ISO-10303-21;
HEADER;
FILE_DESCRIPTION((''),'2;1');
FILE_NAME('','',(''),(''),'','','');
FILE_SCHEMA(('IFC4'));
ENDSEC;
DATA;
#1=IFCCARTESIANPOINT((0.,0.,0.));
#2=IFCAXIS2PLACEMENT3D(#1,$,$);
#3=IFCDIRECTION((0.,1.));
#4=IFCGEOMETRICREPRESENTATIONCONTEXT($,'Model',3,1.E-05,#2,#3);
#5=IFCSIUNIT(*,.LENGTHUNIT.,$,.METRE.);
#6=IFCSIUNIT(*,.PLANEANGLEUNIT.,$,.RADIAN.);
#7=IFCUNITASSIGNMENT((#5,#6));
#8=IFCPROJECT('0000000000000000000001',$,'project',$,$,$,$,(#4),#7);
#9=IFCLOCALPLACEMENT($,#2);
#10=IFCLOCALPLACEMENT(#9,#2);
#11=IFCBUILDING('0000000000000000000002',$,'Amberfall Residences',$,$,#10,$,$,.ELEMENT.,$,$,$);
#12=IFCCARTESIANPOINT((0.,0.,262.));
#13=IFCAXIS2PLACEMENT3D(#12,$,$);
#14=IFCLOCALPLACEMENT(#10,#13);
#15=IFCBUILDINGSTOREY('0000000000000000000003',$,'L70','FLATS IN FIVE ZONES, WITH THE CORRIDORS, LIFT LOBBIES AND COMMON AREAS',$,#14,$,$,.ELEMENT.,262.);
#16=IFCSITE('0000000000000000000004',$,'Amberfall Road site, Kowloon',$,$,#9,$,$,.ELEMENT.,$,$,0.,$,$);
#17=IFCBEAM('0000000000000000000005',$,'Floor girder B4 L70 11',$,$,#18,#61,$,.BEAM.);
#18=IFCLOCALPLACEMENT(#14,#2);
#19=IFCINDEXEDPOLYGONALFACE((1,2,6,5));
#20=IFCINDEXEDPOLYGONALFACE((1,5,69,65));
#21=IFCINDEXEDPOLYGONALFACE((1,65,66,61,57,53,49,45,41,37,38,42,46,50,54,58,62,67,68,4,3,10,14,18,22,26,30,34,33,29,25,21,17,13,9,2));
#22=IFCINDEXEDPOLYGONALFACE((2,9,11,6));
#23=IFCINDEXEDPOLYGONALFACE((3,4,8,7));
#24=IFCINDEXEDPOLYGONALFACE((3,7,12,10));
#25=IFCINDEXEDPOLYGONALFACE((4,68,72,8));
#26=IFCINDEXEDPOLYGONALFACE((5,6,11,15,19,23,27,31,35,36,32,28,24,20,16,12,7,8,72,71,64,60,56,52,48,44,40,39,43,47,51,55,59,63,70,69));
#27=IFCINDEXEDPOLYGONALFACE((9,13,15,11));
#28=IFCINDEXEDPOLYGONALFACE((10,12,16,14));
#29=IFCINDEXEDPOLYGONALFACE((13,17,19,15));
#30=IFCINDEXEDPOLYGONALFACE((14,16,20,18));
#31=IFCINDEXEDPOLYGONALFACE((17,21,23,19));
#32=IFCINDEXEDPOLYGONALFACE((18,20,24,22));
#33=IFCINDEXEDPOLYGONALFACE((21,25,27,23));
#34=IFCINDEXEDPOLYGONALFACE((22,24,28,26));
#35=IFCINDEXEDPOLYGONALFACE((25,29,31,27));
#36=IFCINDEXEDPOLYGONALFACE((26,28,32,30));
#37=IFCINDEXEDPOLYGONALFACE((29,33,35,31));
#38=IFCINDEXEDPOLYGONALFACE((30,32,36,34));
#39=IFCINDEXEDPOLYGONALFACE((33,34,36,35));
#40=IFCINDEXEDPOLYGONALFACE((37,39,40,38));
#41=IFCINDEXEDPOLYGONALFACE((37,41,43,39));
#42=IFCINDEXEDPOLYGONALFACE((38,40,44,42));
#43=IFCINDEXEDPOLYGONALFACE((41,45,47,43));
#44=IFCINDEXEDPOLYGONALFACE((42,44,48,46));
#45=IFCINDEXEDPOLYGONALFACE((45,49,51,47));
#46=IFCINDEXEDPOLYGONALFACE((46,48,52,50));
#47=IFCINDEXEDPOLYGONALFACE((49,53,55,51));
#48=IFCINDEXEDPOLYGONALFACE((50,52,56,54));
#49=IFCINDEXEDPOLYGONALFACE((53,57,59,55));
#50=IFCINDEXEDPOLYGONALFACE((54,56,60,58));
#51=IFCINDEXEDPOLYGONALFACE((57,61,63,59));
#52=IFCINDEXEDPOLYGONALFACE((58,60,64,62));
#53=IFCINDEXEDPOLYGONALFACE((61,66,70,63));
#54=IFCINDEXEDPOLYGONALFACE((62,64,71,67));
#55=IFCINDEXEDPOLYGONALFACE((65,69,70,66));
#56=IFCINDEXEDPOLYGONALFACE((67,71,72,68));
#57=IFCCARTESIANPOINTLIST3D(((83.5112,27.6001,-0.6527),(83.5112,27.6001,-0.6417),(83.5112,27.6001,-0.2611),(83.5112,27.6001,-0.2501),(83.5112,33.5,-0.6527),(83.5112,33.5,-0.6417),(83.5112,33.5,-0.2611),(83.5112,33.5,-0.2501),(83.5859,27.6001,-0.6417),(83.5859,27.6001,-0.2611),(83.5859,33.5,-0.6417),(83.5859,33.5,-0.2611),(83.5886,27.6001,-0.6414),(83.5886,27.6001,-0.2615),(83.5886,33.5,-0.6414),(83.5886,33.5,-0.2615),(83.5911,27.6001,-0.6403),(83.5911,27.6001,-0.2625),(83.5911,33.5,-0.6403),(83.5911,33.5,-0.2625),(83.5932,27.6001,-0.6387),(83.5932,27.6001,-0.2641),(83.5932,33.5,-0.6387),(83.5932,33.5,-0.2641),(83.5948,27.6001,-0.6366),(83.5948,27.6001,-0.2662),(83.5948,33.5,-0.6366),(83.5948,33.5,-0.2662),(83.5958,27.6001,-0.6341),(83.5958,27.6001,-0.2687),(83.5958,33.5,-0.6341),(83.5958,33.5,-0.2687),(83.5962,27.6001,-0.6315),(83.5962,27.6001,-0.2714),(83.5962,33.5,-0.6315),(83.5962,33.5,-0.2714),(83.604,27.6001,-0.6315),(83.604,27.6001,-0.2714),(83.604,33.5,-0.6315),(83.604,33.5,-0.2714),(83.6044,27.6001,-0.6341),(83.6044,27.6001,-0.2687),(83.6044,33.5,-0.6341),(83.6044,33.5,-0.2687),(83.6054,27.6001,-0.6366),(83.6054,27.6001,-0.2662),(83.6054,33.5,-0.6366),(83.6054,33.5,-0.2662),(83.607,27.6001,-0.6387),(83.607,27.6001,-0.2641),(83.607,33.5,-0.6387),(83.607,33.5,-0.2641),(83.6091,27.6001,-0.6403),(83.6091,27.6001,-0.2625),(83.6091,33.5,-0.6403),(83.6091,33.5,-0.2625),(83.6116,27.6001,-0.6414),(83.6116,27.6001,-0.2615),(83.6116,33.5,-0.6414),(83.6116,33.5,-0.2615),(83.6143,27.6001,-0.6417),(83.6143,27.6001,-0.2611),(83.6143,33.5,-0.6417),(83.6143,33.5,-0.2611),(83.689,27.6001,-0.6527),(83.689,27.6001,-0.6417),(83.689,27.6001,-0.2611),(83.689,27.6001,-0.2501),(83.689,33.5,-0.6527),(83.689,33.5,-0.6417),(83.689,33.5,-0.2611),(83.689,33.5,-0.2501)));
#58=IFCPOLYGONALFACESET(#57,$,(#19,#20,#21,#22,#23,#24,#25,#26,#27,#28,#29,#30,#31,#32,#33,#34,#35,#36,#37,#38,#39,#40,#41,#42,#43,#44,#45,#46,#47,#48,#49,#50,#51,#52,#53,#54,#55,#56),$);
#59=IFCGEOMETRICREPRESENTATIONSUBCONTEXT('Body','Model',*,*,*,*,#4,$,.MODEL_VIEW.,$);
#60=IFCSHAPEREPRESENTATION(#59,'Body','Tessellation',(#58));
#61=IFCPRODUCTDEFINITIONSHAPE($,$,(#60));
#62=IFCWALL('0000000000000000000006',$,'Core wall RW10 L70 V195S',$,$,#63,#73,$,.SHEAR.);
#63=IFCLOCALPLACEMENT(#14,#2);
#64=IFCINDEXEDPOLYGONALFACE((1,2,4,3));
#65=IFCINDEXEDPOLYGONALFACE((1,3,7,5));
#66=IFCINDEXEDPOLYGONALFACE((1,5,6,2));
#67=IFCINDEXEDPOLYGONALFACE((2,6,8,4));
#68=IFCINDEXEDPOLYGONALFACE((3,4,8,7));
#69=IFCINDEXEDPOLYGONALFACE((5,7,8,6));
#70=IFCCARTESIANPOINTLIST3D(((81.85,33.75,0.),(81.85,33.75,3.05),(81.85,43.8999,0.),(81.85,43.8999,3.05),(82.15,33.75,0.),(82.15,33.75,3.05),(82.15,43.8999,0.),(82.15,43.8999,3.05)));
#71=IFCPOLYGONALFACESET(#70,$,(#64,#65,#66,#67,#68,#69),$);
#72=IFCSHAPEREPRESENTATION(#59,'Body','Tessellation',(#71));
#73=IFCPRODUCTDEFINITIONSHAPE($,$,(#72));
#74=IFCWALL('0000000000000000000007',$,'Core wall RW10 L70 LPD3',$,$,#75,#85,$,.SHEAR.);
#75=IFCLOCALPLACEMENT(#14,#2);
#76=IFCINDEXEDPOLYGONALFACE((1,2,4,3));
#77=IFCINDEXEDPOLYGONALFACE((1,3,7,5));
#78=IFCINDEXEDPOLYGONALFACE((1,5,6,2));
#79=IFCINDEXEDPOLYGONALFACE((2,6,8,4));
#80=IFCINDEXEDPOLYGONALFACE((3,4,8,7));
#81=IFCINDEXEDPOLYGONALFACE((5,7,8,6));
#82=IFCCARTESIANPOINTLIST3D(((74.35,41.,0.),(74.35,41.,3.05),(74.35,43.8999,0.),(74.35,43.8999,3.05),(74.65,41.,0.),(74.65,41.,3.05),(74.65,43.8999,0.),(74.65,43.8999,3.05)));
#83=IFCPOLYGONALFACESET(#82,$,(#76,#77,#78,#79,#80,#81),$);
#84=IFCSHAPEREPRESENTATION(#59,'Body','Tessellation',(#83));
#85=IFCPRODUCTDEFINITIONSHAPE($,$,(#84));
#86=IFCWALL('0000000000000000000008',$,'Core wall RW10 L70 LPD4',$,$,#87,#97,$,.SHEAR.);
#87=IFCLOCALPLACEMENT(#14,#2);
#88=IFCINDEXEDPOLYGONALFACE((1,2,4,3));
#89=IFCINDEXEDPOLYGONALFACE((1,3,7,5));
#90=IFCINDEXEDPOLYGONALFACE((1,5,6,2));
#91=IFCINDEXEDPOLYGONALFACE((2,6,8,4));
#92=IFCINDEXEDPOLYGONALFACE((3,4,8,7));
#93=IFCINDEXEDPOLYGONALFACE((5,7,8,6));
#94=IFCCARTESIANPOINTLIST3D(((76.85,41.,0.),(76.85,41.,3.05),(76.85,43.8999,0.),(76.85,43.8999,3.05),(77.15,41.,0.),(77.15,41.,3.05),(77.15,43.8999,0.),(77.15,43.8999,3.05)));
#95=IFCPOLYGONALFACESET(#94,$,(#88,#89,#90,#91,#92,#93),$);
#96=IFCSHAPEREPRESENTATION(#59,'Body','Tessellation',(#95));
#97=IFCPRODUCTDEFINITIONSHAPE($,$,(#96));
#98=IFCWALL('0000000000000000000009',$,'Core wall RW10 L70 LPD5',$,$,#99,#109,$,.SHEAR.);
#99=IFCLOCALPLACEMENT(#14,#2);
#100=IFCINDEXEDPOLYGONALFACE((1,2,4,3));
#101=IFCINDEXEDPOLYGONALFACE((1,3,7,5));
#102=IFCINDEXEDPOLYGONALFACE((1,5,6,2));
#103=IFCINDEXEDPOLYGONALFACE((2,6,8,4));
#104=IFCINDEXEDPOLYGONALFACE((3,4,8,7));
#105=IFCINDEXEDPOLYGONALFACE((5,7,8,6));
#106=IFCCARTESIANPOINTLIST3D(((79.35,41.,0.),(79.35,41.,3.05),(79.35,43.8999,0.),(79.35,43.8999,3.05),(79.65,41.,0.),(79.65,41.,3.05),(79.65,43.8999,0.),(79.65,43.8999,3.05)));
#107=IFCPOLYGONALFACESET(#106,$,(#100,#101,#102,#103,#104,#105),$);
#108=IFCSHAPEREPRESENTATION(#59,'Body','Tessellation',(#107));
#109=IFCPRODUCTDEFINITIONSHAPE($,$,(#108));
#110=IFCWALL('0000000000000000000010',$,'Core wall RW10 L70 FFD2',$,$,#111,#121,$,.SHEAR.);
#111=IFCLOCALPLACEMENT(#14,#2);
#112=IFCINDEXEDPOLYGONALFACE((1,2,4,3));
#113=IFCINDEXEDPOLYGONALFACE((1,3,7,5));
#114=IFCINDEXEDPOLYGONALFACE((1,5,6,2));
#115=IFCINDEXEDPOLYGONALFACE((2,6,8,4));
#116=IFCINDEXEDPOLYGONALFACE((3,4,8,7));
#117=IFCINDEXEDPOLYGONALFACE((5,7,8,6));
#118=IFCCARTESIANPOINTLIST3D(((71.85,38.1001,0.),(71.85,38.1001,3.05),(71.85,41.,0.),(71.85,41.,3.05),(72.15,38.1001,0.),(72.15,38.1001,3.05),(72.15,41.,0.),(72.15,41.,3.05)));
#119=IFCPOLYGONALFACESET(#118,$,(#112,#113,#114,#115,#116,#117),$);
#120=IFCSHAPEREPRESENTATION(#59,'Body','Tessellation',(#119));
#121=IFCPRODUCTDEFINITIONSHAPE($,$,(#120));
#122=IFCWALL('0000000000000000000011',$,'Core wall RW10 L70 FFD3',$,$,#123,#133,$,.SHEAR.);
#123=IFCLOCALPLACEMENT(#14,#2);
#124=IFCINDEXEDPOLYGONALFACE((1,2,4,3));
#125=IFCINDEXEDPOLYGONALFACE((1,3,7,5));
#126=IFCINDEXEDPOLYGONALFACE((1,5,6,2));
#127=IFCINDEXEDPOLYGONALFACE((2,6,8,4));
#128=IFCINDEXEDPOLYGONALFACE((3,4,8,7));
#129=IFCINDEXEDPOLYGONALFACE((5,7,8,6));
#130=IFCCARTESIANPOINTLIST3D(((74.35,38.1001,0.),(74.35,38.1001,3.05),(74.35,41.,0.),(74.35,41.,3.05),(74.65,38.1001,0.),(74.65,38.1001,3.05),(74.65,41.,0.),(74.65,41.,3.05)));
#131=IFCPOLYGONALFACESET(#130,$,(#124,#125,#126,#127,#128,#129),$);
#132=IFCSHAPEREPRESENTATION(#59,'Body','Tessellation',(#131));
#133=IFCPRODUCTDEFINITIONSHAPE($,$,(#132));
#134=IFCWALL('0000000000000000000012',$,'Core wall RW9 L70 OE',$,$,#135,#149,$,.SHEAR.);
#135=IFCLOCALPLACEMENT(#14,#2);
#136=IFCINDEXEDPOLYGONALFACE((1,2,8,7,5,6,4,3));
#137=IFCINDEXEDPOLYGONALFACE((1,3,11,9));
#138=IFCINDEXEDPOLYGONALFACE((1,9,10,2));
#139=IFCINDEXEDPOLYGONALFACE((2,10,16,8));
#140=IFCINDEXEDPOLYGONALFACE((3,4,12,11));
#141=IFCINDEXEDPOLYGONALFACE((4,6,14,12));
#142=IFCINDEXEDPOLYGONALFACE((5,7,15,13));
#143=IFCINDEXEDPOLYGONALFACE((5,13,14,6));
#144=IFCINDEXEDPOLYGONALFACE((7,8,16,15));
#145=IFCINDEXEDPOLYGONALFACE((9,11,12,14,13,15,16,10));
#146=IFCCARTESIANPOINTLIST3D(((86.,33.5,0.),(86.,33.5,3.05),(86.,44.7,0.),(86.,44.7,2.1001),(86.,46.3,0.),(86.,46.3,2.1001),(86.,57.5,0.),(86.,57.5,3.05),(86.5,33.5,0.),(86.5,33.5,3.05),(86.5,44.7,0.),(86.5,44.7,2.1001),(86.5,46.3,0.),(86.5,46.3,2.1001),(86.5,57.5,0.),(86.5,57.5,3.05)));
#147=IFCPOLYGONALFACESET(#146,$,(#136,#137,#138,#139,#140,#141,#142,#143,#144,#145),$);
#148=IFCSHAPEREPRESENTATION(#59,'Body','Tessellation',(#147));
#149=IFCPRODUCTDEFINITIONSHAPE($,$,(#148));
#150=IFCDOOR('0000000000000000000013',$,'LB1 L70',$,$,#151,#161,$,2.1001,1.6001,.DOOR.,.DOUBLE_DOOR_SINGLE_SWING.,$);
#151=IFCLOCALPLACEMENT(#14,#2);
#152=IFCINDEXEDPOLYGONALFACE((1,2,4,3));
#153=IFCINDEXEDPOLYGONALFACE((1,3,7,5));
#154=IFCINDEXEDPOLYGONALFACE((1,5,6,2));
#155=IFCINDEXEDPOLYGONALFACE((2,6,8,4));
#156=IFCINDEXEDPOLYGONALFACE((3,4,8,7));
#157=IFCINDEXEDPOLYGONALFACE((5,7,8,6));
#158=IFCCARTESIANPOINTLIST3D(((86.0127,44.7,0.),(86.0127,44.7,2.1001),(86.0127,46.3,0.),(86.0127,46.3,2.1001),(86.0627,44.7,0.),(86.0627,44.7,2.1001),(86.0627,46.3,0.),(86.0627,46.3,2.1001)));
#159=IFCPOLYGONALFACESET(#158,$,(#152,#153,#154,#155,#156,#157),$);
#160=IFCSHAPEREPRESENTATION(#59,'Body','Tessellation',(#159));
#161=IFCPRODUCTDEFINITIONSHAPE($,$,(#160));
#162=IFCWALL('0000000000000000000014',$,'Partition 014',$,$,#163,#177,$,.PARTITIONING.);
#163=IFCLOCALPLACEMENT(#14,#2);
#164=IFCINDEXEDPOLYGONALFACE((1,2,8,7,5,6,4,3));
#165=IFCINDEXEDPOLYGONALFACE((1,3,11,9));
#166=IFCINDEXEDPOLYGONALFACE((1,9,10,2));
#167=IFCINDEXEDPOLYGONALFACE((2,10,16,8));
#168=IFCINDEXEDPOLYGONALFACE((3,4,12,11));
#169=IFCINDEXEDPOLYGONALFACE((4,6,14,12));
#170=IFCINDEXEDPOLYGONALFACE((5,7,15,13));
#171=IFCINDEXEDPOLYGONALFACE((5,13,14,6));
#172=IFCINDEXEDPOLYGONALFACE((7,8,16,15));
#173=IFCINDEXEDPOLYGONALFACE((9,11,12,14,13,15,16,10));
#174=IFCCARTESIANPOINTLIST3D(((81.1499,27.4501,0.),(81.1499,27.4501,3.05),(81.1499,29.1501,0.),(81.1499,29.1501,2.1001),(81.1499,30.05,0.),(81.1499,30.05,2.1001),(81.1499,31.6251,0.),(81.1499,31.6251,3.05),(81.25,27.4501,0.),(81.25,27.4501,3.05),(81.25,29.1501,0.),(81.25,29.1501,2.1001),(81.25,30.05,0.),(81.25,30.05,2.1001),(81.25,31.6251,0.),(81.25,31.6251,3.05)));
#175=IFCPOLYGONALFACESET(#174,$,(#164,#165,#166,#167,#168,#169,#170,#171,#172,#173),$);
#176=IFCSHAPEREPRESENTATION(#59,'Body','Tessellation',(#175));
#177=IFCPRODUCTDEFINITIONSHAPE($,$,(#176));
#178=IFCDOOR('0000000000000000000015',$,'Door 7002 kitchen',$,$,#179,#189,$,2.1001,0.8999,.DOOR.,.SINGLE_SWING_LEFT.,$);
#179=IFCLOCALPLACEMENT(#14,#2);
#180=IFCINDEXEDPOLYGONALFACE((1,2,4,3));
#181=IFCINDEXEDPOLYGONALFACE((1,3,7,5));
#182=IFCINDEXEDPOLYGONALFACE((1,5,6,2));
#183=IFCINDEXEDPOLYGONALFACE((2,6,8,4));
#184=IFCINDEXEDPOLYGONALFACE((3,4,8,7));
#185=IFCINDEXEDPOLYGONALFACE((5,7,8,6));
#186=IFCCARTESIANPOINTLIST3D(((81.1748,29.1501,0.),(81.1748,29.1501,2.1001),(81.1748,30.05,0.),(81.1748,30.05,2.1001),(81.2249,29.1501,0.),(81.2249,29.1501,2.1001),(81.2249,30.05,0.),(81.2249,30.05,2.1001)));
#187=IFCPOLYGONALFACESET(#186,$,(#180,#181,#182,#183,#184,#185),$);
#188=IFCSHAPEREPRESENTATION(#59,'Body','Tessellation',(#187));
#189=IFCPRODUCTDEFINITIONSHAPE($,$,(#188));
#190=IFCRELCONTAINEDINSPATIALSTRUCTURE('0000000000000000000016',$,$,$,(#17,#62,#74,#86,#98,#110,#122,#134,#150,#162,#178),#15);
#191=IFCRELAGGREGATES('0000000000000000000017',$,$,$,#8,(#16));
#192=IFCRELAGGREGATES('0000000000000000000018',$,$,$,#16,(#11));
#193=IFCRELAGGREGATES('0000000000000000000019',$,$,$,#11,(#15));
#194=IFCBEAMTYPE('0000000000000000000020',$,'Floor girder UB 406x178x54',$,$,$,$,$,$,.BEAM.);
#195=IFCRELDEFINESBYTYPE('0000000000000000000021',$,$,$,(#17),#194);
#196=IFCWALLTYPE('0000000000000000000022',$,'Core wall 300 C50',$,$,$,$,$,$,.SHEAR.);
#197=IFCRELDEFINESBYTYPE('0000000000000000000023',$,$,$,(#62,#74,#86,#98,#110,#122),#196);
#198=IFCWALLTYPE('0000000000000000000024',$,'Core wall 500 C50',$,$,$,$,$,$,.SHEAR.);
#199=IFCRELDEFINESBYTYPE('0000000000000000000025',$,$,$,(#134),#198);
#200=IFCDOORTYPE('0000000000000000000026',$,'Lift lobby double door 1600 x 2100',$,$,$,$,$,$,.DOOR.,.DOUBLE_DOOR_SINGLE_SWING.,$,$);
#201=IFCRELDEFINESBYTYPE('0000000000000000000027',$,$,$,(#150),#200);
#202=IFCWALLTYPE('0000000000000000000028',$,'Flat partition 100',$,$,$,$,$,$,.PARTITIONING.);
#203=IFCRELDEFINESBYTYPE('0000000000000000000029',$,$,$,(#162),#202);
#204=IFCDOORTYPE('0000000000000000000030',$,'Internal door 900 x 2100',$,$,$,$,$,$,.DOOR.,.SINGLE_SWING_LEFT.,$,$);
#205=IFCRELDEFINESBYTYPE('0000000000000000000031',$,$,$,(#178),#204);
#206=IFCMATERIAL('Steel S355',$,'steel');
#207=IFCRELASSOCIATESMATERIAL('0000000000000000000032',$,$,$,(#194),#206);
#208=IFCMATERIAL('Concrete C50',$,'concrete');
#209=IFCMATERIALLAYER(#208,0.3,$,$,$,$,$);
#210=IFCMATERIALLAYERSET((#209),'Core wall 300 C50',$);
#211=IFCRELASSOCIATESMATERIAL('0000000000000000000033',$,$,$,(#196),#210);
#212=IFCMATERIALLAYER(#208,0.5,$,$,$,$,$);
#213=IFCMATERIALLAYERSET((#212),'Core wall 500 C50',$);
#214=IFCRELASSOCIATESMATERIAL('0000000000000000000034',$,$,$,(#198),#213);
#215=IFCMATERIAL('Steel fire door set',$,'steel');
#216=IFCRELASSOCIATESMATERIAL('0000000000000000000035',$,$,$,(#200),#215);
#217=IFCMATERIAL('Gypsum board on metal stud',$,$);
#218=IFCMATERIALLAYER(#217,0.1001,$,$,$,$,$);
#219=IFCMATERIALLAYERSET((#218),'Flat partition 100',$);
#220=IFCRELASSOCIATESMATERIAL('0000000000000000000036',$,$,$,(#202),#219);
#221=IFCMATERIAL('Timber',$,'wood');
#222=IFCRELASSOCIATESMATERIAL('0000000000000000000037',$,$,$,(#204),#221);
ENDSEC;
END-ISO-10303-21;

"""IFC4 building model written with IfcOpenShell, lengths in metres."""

from ifc_helpers import new_model, si_unit, direction, frame, frame_2d, origin, origin_2d, place, context, subcontext, project, spatial, rectangle, i_section, extrude, material, layer, layer_set, material_profile, profile_set, type_object, element, fill, save


model = new_model("IFC4")

# Units and contexts
model_context = context("Model", 3, precision=1e-05, world=origin(), true_north=direction((0.0, 1.0)))
body_context = subcontext(model_context, "Body", "Model", "MODEL_VIEW")
ifc_project = project(units=[si_unit("LENGTHUNIT", "METRE"), si_unit("PLANEANGLEUNIT", "RADIAN")], contexts=[model_context])

# Site, building, storey
site_placement = place(None, origin())
site = spatial("IfcSite", under=ifc_project, at=site_placement, Name="Amberfall Road site, Kowloon", CompositionType="ELEMENT", RefElevation=0.0)
building_placement = place(site_placement, origin())
building = spatial("IfcBuilding", under=site, at=building_placement, Name="Amberfall Residences", CompositionType="ELEMENT")
storey_placement = place(building_placement, frame((0.0, 0.0, 262.0)))
storey = spatial("IfcBuildingStorey", under=building, at=storey_placement, Name="L70", Description="FLATS IN FIVE ZONES, WITH THE CORRIDORS, LIFT LOBBIES AND COMMON AREAS", CompositionType="ELEMENT", Elevation=262.0)

# Beam
ifc_material_1 = material(Name="Steel S355", Category="steel")
ifc_material_profile = material_profile(ifc_material_1, i_section(OverallWidth=0.1777, OverallDepth=0.4026, WebThickness=0.0078, FlangeThickness=0.011, FilletRadius=0.0103, at=origin_2d()), Name="UB 406x178x54")
ifc_profile_set = profile_set([ifc_material_profile], Name="Steel S355")
beam_type = type_object("IfcBeamType", Name="Floor girder UB 406x178x54", PredefinedType="BEAM", material=ifc_profile_set)
beam_placement = place(storey_placement, frame((83.6001, 27.6001, -0.4514), z_axis=(0.0, 1.0, 0.0), x_axis=(-1.0, 0.0, 0.0)))
element("IfcBeam", 1, at=beam_placement, inside=storey, type_object=beam_type, Name="Floor girder B4 L70 11", PredefinedType="BEAM", context=body_context, shape_type="SweptSolid", body=[
    extrude(i_section(OverallWidth=0.1777, OverallDepth=0.4026, WebThickness=0.0078, FlangeThickness=0.011, FilletRadius=0.0103, at=origin_2d()), origin(), (0.0, 0.0, 1.0), 5.8999),
])

# Walls
ifc_material_2 = material(Name="Concrete C50", Category="concrete")
ifc_layer_1 = layer(ifc_material_2, 0.3)
ifc_layer_set_1 = layer_set([ifc_layer_1], Name="Core wall 300 C50")
wall_type_1 = type_object("IfcWallType", Name="Core wall 300 C50", PredefinedType="SHEAR", material=ifc_layer_set_1)
wall_1_placement = place(storey_placement, frame((82.0, 33.75, 0.0), z_axis=(0.0, 0.0, 1.0), x_axis=(0.0, 1.0, 0.0)))
element("IfcWall", 2, at=wall_1_placement, inside=storey, type_object=wall_type_1, Name="Core wall RW10 L70 V195S", PredefinedType="SHEAR", context=body_context, shape_type="SweptSolid", body=[
    extrude(rectangle(XDim=10.1499, YDim=0.3, at=frame_2d((5.075, 0.0))), origin(), (0.0, 0.0, 1.0), 3.05),
])
for number, where, z_axis, x_axis, name in (
    (3, (74.5, 41.0, 0.0), (0.0, 0.0, 1.0), (0.0, 1.0, 0.0), "Core wall RW10 L70 LPD3"),
    (4, (77.0, 41.0, 0.0), (0.0, 0.0, 1.0), (0.0, 1.0, 0.0), "Core wall RW10 L70 LPD4"),
    (5, (79.5, 41.0, 0.0), (0.0, 0.0, 1.0), (0.0, 1.0, 0.0), "Core wall RW10 L70 LPD5"),
    (6, (72.0, 38.1001, 0.0), (0.0, 0.0, 1.0), (0.0, 1.0, 0.0), "Core wall RW10 L70 FFD2"),
    (7, (74.5, 38.1001, 0.0), (0.0, 0.0, 1.0), (0.0, 1.0, 0.0), "Core wall RW10 L70 FFD3"),
):
    element("IfcWall", number, at=place(storey_placement, frame(where, z_axis=z_axis, x_axis=x_axis)), inside=storey, type_object=wall_type_1, Name=name, PredefinedType="SHEAR", context=body_context, shape_type="SweptSolid", body=[
        extrude(rectangle(XDim=2.8999, YDim=0.3, at=frame_2d((1.45, 0.0))), origin(), (0.0, 0.0, 1.0), 3.05),
    ])

# Walls, openings, doors
ifc_layer_2 = layer(ifc_material_2, 0.5)
ifc_layer_set_2 = layer_set([ifc_layer_2], Name="Core wall 500 C50")
wall_type_2 = type_object("IfcWallType", Name="Core wall 500 C50", PredefinedType="SHEAR", material=ifc_layer_set_2)
wall_2_placement = place(storey_placement, frame((86.25, 33.5, 0.0), z_axis=(0.0, 0.0, 1.0), x_axis=(0.0, 1.0, 0.0)))
wall_2 = element("IfcWall", 8, at=wall_2_placement, inside=storey, type_object=wall_type_2, Name="Core wall RW9 L70 OE", PredefinedType="SHEAR", context=body_context, shape_type="SweptSolid", body=[
    extrude(rectangle(XDim=24.0, YDim=0.5, at=frame_2d((12.0, 0.0))), origin(), (0.0, 0.0, 1.0), 3.05),
])
opening_1_placement = place(wall_2_placement, frame((11.2, 0.0, 0.0)))
opening_1 = element("IfcOpeningElement", 9, at=opening_1_placement, cuts=wall_2, PredefinedType="OPENING", context=body_context, shape_type="SweptSolid", body=[
    extrude(rectangle(XDim=1.6001, YDim=2.1001, at=frame_2d((0.8, 1.05))), frame((0.0, 0.26, 0.0), z_axis=(0.0, -1.0, 0.0), x_axis=(1.0, 0.0, 0.0)), (0.0, 0.0, 1.0), 0.52),
])
ifc_material_3 = material(Name="Steel fire door set", Category="steel")
door_type_1 = type_object("IfcDoorType", Name="Lift lobby double door 1600 x 2100", OperationType="DOUBLE_DOOR_SINGLE_SWING", PredefinedType="DOOR", material=ifc_material_3)
door_1_placement = place(opening_1_placement, origin())
door_1 = element("IfcDoor", 10, at=door_1_placement, inside=storey, type_object=door_type_1, Name="LB1 L70", OperationType="DOUBLE_DOOR_SINGLE_SWING", OverallHeight=2.1001, OverallWidth=1.6001, PredefinedType="DOOR", context=body_context, shape_type="SweptSolid", body=[
    extrude(rectangle(XDim=1.6001, YDim=2.1001, at=frame_2d((0.8, 1.05))), frame((0.0, 0.2373, 0.0), z_axis=(0.0, -1.0, 0.0), x_axis=(1.0, 0.0, 0.0)), (0.0, 0.0, 1.0), 0.05),
])
fill(opening_1, door_1)
ifc_material_4 = material(Name="Gypsum board on metal stud")
ifc_layer_3 = layer(ifc_material_4, 0.1001)
ifc_layer_set_3 = layer_set([ifc_layer_3], Name="Flat partition 100")
wall_type_3 = type_object("IfcWallType", Name="Flat partition 100", PredefinedType="PARTITIONING", material=ifc_layer_set_3)
wall_3_placement = place(storey_placement, frame((81.2, 31.625, 0.0), z_axis=(0.0, 0.0, 1.0), x_axis=(0.0, -1.0, 0.0)))
wall_3 = element("IfcWall", 11, at=wall_3_placement, inside=storey, type_object=wall_type_3, Name="Partition 014", PredefinedType="PARTITIONING", context=body_context, shape_type="SweptSolid", body=[
    extrude(rectangle(XDim=4.175, YDim=0.1001, at=frame_2d((2.0874, 0.0))), origin(), (0.0, 0.0, 1.0), 3.05),
])
opening_2_placement = place(wall_3_placement, frame((1.575, 0.0, 0.0)))
opening_2 = element("IfcOpeningElement", 12, at=opening_2_placement, cuts=wall_3, PredefinedType="OPENING", context=body_context, shape_type="SweptSolid", body=[
    extrude(rectangle(XDim=0.8999, YDim=2.1001, at=frame_2d((0.45, 1.05))), frame((0.0, 0.0601, 0.0), z_axis=(0.0, -1.0, 0.0), x_axis=(1.0, 0.0, 0.0)), (0.0, 0.0, 1.0), 0.1201),
])
ifc_material_5 = material(Name="Timber", Category="wood")
door_type_2 = type_object("IfcDoorType", Name="Internal door 900 x 2100", OperationType="SINGLE_SWING_LEFT", PredefinedType="DOOR", material=ifc_material_5)
door_2_placement = place(opening_2_placement, origin())
door_2 = element("IfcDoor", 13, at=door_2_placement, inside=storey, type_object=door_type_2, Name="Door 7002 kitchen", OperationType="SINGLE_SWING_LEFT", OverallHeight=2.1001, OverallWidth=0.8999, PredefinedType="DOOR", context=body_context, shape_type="SweptSolid", body=[
    extrude(rectangle(XDim=0.8999, YDim=2.1001, at=frame_2d((0.45, 1.05))), frame((0.0, 0.0249, 0.0), z_axis=(0.0, -1.0, 0.0), x_axis=(1.0, 0.0, 0.0)), (0.0, 0.0, 1.0), 0.05),
])
fill(opening_2, door_2)

save(model, "model.ifc")
